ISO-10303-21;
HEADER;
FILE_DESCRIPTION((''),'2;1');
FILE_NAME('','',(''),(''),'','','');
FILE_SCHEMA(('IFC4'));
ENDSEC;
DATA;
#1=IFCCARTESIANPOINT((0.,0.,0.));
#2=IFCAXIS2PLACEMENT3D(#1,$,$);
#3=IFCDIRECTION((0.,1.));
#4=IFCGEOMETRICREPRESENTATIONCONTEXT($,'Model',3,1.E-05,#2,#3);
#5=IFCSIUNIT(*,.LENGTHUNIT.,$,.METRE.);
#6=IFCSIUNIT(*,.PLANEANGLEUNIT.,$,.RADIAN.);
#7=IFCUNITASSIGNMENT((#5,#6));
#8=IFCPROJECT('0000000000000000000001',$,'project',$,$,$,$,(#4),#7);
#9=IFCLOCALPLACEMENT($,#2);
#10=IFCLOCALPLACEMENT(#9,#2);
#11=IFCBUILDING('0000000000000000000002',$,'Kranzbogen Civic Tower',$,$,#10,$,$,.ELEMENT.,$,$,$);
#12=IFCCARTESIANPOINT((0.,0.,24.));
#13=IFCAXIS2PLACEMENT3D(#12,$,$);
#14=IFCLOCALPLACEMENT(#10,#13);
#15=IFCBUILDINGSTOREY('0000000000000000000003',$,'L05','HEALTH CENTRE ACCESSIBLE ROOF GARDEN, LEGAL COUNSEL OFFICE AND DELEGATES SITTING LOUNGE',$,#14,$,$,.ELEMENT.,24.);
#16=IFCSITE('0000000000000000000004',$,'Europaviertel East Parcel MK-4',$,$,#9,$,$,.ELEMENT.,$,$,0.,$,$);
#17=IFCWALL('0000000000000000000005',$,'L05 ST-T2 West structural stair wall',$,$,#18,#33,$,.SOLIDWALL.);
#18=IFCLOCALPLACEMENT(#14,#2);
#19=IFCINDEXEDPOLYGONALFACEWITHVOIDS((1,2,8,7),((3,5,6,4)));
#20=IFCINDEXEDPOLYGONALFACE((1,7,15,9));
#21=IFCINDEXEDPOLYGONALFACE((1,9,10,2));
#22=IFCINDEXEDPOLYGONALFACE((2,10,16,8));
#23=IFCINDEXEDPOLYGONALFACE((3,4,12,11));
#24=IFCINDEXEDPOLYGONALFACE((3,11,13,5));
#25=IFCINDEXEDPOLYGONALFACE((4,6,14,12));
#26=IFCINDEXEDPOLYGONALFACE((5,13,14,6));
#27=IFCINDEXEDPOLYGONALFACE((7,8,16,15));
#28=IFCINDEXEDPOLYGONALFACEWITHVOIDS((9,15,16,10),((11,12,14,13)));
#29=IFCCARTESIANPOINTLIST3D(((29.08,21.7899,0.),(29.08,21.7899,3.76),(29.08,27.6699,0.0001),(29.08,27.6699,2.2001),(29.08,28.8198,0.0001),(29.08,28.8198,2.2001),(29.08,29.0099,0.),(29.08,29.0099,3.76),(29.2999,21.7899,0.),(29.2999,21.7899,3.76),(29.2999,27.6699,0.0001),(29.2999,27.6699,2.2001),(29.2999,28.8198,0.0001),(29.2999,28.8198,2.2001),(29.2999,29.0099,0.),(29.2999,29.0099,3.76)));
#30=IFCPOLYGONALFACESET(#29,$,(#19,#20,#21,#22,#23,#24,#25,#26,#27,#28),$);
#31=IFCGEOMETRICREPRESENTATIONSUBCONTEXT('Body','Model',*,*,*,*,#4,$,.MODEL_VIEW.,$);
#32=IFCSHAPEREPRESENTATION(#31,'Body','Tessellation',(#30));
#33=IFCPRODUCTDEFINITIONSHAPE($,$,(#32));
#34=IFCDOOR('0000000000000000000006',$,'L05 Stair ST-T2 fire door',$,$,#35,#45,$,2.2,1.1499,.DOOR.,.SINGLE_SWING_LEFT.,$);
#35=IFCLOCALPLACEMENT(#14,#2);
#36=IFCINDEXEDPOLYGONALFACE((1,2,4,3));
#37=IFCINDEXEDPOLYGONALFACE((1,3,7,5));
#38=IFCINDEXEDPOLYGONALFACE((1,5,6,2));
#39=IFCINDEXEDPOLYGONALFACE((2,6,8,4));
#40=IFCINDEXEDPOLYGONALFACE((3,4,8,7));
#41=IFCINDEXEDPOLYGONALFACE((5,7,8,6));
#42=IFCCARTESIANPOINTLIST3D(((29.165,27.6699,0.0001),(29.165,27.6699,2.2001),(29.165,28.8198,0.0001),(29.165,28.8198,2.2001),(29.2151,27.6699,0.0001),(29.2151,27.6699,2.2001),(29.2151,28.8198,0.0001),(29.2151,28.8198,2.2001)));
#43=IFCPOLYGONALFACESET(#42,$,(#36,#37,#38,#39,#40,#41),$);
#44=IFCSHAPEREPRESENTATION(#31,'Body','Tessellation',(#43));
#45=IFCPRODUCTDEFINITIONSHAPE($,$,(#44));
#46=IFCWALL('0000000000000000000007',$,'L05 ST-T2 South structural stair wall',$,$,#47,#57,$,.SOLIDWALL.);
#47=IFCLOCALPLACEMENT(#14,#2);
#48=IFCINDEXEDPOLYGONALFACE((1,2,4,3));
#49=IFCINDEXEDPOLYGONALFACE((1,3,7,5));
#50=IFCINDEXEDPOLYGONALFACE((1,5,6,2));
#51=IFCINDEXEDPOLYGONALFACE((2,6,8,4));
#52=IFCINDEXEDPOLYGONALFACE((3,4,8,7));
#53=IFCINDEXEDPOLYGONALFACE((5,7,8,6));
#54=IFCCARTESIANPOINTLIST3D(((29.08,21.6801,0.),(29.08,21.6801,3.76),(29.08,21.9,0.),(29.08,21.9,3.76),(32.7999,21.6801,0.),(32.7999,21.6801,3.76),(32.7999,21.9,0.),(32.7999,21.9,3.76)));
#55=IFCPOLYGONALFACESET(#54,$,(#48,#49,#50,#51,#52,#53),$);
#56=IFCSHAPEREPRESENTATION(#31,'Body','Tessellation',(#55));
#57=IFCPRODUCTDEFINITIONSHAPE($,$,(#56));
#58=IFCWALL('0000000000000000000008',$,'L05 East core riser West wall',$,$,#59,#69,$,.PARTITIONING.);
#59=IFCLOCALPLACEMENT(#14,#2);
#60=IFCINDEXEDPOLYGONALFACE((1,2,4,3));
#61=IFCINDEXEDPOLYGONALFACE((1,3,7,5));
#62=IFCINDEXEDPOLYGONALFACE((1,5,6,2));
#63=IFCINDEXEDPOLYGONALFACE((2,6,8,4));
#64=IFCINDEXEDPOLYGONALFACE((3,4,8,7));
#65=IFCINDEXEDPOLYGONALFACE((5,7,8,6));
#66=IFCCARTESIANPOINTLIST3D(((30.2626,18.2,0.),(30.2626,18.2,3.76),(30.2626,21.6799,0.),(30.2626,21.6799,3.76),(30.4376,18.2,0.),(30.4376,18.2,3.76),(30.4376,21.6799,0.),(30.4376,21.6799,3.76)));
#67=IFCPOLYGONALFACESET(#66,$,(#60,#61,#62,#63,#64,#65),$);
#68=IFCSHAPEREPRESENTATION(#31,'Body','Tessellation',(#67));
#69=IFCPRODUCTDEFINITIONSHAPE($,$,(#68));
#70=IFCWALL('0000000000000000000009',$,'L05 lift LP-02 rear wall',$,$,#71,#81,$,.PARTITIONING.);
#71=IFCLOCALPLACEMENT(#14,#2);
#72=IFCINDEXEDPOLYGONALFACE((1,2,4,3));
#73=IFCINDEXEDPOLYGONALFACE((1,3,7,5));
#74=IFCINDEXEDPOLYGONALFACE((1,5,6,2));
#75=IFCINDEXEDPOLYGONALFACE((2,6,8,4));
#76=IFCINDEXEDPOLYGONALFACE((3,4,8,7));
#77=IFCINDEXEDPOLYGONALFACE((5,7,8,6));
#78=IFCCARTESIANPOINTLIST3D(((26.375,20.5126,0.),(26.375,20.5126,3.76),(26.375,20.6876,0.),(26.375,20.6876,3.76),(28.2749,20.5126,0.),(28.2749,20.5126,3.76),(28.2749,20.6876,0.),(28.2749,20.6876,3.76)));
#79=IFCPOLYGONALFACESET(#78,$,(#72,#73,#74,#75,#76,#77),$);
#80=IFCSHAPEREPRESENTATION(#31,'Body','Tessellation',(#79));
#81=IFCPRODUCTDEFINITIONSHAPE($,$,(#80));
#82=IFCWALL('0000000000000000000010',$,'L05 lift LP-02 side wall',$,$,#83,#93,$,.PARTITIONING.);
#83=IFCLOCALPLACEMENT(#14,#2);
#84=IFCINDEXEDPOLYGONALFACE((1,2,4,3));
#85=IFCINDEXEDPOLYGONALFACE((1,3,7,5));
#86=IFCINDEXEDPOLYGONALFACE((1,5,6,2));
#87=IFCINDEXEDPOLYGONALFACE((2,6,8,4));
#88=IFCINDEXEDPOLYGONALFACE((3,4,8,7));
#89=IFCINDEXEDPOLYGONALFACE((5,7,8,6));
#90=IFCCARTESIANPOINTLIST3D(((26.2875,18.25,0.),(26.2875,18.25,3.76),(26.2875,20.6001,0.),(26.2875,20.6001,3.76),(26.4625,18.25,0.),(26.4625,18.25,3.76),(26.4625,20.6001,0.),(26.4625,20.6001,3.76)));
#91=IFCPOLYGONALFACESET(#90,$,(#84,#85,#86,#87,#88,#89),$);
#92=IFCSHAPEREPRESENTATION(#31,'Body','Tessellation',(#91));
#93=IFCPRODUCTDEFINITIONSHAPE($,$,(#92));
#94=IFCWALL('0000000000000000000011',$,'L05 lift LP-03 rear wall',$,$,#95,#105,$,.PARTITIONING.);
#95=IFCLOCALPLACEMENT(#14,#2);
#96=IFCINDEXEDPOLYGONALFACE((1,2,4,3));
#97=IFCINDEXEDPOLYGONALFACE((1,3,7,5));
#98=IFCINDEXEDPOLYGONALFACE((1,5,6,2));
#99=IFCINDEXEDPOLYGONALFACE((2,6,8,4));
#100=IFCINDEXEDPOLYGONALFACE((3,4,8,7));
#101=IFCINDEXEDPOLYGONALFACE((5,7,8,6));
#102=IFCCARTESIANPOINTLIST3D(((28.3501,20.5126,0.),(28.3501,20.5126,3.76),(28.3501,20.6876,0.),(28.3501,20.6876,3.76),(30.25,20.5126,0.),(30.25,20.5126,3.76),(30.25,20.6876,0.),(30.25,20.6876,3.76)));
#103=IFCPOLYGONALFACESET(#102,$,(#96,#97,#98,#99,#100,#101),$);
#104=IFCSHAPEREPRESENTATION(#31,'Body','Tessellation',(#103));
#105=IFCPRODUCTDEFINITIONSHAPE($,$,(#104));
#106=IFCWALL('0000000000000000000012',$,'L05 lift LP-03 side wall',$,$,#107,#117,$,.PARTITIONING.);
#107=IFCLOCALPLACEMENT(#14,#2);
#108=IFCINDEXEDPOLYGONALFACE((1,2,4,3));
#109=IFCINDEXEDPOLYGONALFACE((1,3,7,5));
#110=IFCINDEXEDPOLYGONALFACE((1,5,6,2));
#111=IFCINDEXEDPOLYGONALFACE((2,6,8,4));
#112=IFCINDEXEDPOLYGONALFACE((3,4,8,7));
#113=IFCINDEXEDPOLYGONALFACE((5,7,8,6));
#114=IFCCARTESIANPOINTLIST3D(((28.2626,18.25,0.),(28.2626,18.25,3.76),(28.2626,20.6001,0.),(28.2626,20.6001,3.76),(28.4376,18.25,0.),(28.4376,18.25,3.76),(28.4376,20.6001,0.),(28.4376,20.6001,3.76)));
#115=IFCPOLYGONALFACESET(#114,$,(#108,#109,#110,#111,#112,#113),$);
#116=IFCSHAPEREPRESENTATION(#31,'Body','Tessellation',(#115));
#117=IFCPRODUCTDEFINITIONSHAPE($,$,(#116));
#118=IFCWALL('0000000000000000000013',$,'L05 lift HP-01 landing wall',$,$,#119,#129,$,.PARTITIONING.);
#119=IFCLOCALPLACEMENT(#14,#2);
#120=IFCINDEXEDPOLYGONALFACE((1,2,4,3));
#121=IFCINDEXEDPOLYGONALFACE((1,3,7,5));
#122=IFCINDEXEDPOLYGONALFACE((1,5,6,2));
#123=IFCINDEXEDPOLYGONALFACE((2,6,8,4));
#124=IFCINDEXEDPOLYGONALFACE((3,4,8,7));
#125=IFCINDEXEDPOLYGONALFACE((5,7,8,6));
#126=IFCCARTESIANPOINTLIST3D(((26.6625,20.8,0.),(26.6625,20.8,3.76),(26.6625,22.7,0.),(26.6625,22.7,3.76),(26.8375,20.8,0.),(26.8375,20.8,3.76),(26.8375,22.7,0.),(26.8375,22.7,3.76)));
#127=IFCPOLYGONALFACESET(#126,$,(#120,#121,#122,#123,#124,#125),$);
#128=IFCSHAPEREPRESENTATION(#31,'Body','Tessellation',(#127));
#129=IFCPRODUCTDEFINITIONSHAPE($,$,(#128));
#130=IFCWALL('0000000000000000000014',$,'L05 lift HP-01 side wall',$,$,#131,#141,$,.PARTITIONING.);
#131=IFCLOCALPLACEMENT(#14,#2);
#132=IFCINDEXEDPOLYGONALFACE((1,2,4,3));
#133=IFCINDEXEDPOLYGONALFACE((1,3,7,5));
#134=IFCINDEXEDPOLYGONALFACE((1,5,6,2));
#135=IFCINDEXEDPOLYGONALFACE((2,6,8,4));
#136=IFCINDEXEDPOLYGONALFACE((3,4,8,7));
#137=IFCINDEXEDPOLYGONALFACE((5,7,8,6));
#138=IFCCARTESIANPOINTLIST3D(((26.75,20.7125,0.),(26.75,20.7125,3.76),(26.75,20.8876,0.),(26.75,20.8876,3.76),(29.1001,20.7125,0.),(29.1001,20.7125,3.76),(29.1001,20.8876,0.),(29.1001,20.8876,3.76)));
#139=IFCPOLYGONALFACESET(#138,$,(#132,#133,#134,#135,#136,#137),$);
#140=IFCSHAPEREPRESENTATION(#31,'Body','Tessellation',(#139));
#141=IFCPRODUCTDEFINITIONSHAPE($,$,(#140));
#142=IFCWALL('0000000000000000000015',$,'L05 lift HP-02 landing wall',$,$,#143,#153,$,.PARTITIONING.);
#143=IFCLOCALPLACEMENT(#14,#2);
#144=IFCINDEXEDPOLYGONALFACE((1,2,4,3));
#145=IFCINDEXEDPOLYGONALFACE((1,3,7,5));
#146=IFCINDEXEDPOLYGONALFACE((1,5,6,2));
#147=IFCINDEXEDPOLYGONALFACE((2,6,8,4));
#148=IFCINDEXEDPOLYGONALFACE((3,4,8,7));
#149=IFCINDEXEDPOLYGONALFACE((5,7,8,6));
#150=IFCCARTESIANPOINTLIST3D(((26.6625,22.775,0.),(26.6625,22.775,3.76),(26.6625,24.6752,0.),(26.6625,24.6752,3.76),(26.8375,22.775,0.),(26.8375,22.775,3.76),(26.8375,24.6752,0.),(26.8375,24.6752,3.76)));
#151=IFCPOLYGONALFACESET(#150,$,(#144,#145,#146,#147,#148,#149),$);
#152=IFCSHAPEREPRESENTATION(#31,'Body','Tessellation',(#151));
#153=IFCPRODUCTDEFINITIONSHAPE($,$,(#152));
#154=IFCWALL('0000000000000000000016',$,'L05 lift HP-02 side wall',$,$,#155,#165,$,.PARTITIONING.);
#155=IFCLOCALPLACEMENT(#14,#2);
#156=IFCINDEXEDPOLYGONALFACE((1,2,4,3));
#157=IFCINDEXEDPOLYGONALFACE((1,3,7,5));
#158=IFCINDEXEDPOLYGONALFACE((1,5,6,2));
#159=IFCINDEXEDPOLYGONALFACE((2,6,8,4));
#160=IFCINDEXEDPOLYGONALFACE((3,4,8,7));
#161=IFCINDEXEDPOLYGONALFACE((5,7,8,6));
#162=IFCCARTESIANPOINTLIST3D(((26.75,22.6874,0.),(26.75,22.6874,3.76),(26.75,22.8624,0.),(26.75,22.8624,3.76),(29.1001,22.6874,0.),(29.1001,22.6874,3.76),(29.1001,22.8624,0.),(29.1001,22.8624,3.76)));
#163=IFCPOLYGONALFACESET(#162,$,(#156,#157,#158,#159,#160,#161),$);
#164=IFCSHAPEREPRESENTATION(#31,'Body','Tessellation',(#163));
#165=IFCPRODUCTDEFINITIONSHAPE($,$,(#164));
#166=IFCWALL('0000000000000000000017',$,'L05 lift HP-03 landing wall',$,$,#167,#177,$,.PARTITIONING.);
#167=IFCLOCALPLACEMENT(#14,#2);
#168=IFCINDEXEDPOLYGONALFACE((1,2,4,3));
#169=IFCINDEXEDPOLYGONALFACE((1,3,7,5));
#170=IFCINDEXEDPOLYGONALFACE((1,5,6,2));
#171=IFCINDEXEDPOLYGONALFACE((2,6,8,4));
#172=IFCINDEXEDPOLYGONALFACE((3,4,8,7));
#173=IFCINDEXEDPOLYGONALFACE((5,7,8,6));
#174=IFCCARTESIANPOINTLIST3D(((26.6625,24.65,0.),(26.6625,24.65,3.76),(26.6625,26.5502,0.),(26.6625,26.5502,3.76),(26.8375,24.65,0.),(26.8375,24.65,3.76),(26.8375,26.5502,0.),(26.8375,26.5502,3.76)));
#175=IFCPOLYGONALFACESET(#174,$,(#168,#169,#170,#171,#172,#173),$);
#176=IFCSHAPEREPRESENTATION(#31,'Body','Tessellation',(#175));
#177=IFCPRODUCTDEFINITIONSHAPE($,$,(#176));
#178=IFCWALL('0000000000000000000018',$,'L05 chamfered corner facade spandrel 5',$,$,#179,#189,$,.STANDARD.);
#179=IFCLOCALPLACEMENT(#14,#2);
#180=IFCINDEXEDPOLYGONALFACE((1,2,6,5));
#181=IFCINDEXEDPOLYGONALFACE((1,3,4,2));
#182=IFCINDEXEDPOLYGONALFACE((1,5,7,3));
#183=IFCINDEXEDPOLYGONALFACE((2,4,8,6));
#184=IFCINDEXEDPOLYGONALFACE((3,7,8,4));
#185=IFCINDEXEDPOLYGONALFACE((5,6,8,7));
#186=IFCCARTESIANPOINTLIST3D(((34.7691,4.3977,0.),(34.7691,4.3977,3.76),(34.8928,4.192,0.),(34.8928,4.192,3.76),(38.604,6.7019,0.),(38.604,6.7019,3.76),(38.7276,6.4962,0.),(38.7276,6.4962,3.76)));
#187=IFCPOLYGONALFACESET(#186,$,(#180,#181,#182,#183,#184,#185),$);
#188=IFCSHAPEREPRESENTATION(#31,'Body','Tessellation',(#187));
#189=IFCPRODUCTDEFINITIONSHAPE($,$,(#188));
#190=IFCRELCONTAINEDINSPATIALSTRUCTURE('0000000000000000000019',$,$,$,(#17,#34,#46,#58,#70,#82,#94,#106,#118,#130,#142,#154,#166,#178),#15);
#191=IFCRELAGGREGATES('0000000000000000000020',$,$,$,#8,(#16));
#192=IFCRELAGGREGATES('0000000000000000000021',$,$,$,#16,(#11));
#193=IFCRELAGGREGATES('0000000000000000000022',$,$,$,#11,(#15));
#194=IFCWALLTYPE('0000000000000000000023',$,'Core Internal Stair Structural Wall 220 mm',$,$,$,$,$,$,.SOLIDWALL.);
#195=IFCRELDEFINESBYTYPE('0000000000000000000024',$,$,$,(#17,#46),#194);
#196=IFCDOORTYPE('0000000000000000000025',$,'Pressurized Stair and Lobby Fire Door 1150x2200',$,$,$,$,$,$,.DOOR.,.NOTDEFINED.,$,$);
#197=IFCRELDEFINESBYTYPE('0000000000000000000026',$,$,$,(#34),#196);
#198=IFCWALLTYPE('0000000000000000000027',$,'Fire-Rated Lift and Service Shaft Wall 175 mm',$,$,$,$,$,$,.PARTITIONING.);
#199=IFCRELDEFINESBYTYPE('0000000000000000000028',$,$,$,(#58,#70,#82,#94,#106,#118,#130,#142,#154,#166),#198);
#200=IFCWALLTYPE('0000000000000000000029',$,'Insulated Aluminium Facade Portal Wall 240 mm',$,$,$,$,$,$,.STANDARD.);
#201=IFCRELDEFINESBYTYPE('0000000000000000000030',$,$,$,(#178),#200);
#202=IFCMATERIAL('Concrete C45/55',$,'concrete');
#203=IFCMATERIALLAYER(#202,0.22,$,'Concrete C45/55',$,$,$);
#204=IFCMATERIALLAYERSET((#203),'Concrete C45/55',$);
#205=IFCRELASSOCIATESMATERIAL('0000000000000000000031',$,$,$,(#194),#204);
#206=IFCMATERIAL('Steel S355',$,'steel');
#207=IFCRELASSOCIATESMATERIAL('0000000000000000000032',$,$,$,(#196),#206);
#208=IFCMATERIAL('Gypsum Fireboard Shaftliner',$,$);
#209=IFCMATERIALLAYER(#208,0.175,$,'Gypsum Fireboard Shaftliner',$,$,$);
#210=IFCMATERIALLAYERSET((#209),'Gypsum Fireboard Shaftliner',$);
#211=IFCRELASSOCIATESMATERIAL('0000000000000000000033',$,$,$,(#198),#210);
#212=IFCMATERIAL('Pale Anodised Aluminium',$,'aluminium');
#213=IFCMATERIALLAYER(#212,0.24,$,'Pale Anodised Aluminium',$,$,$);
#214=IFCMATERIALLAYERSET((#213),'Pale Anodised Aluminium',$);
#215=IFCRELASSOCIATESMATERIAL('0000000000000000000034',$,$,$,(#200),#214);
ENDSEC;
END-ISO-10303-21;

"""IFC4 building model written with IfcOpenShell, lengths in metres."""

from ifc_helpers import new_model, si_unit, direction, frame, frame_2d, origin, place, context, subcontext, project, spatial, rectangle, extrude, material, layer, layer_set, type_object, element, fill, save


model = new_model("IFC4")

# Units and contexts
model_context = context("Model", 3, precision=1e-05, world=origin(), true_north=direction((0.0, 1.0)))
body_context = subcontext(model_context, "Body", "Model", "MODEL_VIEW")
ifc_project = project(units=[si_unit("LENGTHUNIT", "METRE"), si_unit("PLANEANGLEUNIT", "RADIAN")], contexts=[model_context])

# Site, building, storey
site_placement = place(None, origin())
site = spatial("IfcSite", under=ifc_project, at=site_placement, Name="Europaviertel East Parcel MK-4", CompositionType="ELEMENT", RefElevation=0.0)
building_placement = place(site_placement, origin())
building = spatial("IfcBuilding", under=site, at=building_placement, Name="Kranzbogen Civic Tower", CompositionType="ELEMENT")
storey_placement = place(building_placement, frame((0.0, 0.0, 24.0)))
storey = spatial("IfcBuildingStorey", under=building, at=storey_placement, Name="L05", Description="HEALTH CENTRE ACCESSIBLE ROOF GARDEN, LEGAL COUNSEL OFFICE AND DELEGATES SITTING LOUNGE", CompositionType="ELEMENT", Elevation=24.0)

# Shared definitions
ifc_material_1 = material(Name="Pale Anodised Aluminium", Category="aluminium")

# Shared definitions
ifc_material_2 = material(Name="Steel S355", Category="steel")

# Wall, opening, door
ifc_material_3 = material(Name="Concrete C45/55", Category="concrete")
ifc_layer_1 = layer(ifc_material_3, 0.22, Name="Concrete C45/55")
ifc_layer_set_1 = layer_set([ifc_layer_1], Name="Concrete C45/55")
wall_type_1 = type_object("IfcWallType", Name="Core Internal Stair Structural Wall 220 mm", PredefinedType="SOLIDWALL", material=ifc_layer_set_1)
wall_1_placement = place(storey_placement, frame((29.1899, 21.79, 0.0), z_axis=(0.0, 0.0, 1.0), x_axis=(0.0, 1.0, 0.0)))
wall_1 = element("IfcWall", 1, at=wall_1_placement, inside=storey, type_object=wall_type_1, Name="L05 ST-T2 West structural stair wall", PredefinedType="SOLIDWALL", context=body_context, shape_type="SweptSolid", body=[
    extrude(rectangle(XDim=7.22, YDim=0.22, at=frame_2d((3.6099, 0.0))), origin(), (0.0, 0.0, 1.0), 3.76),
])
opening_1_placement = place(wall_1_placement, frame((5.8799, 0.0, 0.0)))
opening_1 = element("IfcOpeningElement", 2, at=opening_1_placement, cuts=wall_1, PredefinedType="OPENING", context=body_context, shape_type="SweptSolid", body=[
    extrude(rectangle(XDim=1.1499, YDim=2.2, at=frame_2d((0.575, 1.1001))), frame((0.0, 0.1201, 0.0), z_axis=(0.0, -1.0, 0.0), x_axis=(1.0, 0.0, 0.0)), (0.0, 0.0, 1.0), 0.24),
])
door_type_1 = type_object("IfcDoorType", Name="Pressurized Stair and Lobby Fire Door 1150x2200", OperationType="NOTDEFINED", PredefinedType="DOOR", material=ifc_material_2)
door_1_placement = place(opening_1_placement, origin())
door_1 = element("IfcDoor", 3, at=door_1_placement, inside=storey, type_object=door_type_1, Name="L05 Stair ST-T2 fire door", OperationType="SINGLE_SWING_LEFT", OverallHeight=2.2, OverallWidth=1.1499, PredefinedType="DOOR", context=body_context, shape_type="SweptSolid", body=[
    extrude(rectangle(XDim=1.1499, YDim=2.2, at=frame_2d((0.575, 1.1001))), frame((0.0, 0.0249, 0.0), z_axis=(0.0, -1.0, 0.0), x_axis=(1.0, 0.0, 0.0)), (0.0, 0.0, 1.0), 0.05),
])
fill(opening_1, door_1)

# Walls
wall_2_placement = place(storey_placement, frame((29.0801, 21.79, 0.0), z_axis=(0.0, 0.0, 1.0), x_axis=(1.0, 0.0, 0.0)))
element("IfcWall", 4, at=wall_2_placement, inside=storey, type_object=wall_type_1, Name="L05 ST-T2 South structural stair wall", PredefinedType="SOLIDWALL", context=body_context, shape_type="SweptSolid", body=[
    extrude(rectangle(XDim=3.72, YDim=0.22, at=frame_2d((1.8599, 0.0))), origin(), (0.0, 0.0, 1.0), 3.76),
])
ifc_material_4 = material(Name="Gypsum Fireboard Shaftliner")
ifc_layer_2 = layer(ifc_material_4, 0.175, Name="Gypsum Fireboard Shaftliner")
ifc_layer_set_2 = layer_set([ifc_layer_2], Name="Gypsum Fireboard Shaftliner")
wall_type_2 = type_object("IfcWallType", Name="Fire-Rated Lift and Service Shaft Wall 175 mm", PredefinedType="PARTITIONING", material=ifc_layer_set_2)
wall_3_placement = place(storey_placement, frame((30.3501, 18.2, 0.0), z_axis=(0.0, 0.0, 1.0), x_axis=(0.0, 1.0, 0.0)))
element("IfcWall", 5, at=wall_3_placement, inside=storey, type_object=wall_type_2, Name="L05 East core riser West wall", PredefinedType="PARTITIONING", context=body_context, shape_type="SweptSolid", body=[
    extrude(rectangle(XDim=3.48, YDim=0.175, at=frame_2d((1.74, 0.0))), origin(), (0.0, 0.0, 1.0), 3.76),
])
wall_4_placement = place(storey_placement, frame((26.375, 20.6001, 0.0), z_axis=(0.0, 0.0, 1.0), x_axis=(1.0, 0.0, 0.0)))
element("IfcWall", 6, at=wall_4_placement, inside=storey, type_object=wall_type_2, Name="L05 lift LP-02 rear wall", PredefinedType="PARTITIONING", context=body_context, shape_type="SweptSolid", body=[
    extrude(rectangle(XDim=1.8999, YDim=0.175, at=frame_2d((0.95, 0.0))), origin(), (0.0, 0.0, 1.0), 3.76),
])
wall_5_placement = place(storey_placement, frame((26.375, 18.25, 0.0), z_axis=(0.0, 0.0, 1.0), x_axis=(0.0, 1.0, 0.0)))
element("IfcWall", 7, at=wall_5_placement, inside=storey, type_object=wall_type_2, Name="L05 lift LP-02 side wall", PredefinedType="PARTITIONING", context=body_context, shape_type="SweptSolid", body=[
    extrude(rectangle(XDim=2.3501, YDim=0.175, at=frame_2d((1.175, 0.0))), origin(), (0.0, 0.0, 1.0), 3.76),
])
wall_6_placement = place(storey_placement, frame((28.3501, 20.6001, 0.0), z_axis=(0.0, 0.0, 1.0), x_axis=(1.0, 0.0, 0.0)))
element("IfcWall", 8, at=wall_6_placement, inside=storey, type_object=wall_type_2, Name="L05 lift LP-03 rear wall", PredefinedType="PARTITIONING", context=body_context, shape_type="SweptSolid", body=[
    extrude(rectangle(XDim=1.8999, YDim=0.175, at=frame_2d((0.95, 0.0))), origin(), (0.0, 0.0, 1.0), 3.76),
])
wall_7_placement = place(storey_placement, frame((28.3501, 18.25, 0.0), z_axis=(0.0, 0.0, 1.0), x_axis=(0.0, 1.0, 0.0)))
element("IfcWall", 9, at=wall_7_placement, inside=storey, type_object=wall_type_2, Name="L05 lift LP-03 side wall", PredefinedType="PARTITIONING", context=body_context, shape_type="SweptSolid", body=[
    extrude(rectangle(XDim=2.3501, YDim=0.175, at=frame_2d((1.175, 0.0))), origin(), (0.0, 0.0, 1.0), 3.76),
])
wall_8_placement = place(storey_placement, frame((26.75, 20.8, 0.0), z_axis=(0.0, 0.0, 1.0), x_axis=(0.0, 1.0, 0.0)))
element("IfcWall", 10, at=wall_8_placement, inside=storey, type_object=wall_type_2, Name="L05 lift HP-01 landing wall", PredefinedType="PARTITIONING", context=body_context, shape_type="SweptSolid", body=[
    extrude(rectangle(XDim=1.8999, YDim=0.175, at=frame_2d((0.95, 0.0))), origin(), (0.0, 0.0, 1.0), 3.76),
])
wall_9_placement = place(storey_placement, frame((26.75, 20.8, 0.0), z_axis=(0.0, 0.0, 1.0), x_axis=(1.0, 0.0, 0.0)))
element("IfcWall", 11, at=wall_9_placement, inside=storey, type_object=wall_type_2, Name="L05 lift HP-01 side wall", PredefinedType="PARTITIONING", context=body_context, shape_type="SweptSolid", body=[
    extrude(rectangle(XDim=2.3501, YDim=0.175, at=frame_2d((1.175, 0.0))), origin(), (0.0, 0.0, 1.0), 3.76),
])
wall_10_placement = place(storey_placement, frame((26.75, 22.7749, 0.0), z_axis=(0.0, 0.0, 1.0), x_axis=(0.0, 1.0, 0.0)))
element("IfcWall", 12, at=wall_10_placement, inside=storey, type_object=wall_type_2, Name="L05 lift HP-02 landing wall", PredefinedType="PARTITIONING", context=body_context, shape_type="SweptSolid", body=[
    extrude(rectangle(XDim=1.9001, YDim=0.175, at=frame_2d((0.9502, 0.0))), origin(), (0.0, 0.0, 1.0), 3.76),
])
wall_11_placement = place(storey_placement, frame((26.75, 22.7749, 0.0), z_axis=(0.0, 0.0, 1.0), x_axis=(1.0, 0.0, 0.0)))
element("IfcWall", 13, at=wall_11_placement, inside=storey, type_object=wall_type_2, Name="L05 lift HP-02 side wall", PredefinedType="PARTITIONING", context=body_context, shape_type="SweptSolid", body=[
    extrude(rectangle(XDim=2.3501, YDim=0.175, at=frame_2d((1.175, 0.0))), origin(), (0.0, 0.0, 1.0), 3.76),
])
wall_12_placement = place(storey_placement, frame((26.75, 24.6499, 0.0), z_axis=(0.0, 0.0, 1.0), x_axis=(0.0, 1.0, 0.0)))
element("IfcWall", 14, at=wall_12_placement, inside=storey, type_object=wall_type_2, Name="L05 lift HP-03 landing wall", PredefinedType="PARTITIONING", context=body_context, shape_type="SweptSolid", body=[
    extrude(rectangle(XDim=1.9001, YDim=0.175, at=frame_2d((0.9502, 0.0))), origin(), (0.0, 0.0, 1.0), 3.76),
])
ifc_layer_3 = layer(ifc_material_1, 0.24, Name="Pale Anodised Aluminium")
ifc_layer_set_3 = layer_set([ifc_layer_3], Name="Pale Anodised Aluminium")
wall_type_3 = type_object("IfcWallType", Name="Insulated Aluminium Facade Portal Wall 240 mm", PredefinedType="STANDARD", material=ifc_layer_set_3)
wall_13_placement = place(storey_placement, frame((34.8311, 4.2949, 0.0), z_axis=(0.0, 0.0, 1.0), x_axis=(0.857175, 0.515025, 0.0)))
element("IfcWall", 15, at=wall_13_placement, inside=storey, type_object=wall_type_3, Name="L05 chamfered corner facade spandrel 5", PredefinedType="STANDARD", context=body_context, shape_type="SweptSolid", body=[
    extrude(rectangle(XDim=4.4739, YDim=0.24, at=frame_2d((2.2368, 0.0))), origin(), (0.0, 0.0, 1.0), 3.76),
])

save(model, "model.ifc")
